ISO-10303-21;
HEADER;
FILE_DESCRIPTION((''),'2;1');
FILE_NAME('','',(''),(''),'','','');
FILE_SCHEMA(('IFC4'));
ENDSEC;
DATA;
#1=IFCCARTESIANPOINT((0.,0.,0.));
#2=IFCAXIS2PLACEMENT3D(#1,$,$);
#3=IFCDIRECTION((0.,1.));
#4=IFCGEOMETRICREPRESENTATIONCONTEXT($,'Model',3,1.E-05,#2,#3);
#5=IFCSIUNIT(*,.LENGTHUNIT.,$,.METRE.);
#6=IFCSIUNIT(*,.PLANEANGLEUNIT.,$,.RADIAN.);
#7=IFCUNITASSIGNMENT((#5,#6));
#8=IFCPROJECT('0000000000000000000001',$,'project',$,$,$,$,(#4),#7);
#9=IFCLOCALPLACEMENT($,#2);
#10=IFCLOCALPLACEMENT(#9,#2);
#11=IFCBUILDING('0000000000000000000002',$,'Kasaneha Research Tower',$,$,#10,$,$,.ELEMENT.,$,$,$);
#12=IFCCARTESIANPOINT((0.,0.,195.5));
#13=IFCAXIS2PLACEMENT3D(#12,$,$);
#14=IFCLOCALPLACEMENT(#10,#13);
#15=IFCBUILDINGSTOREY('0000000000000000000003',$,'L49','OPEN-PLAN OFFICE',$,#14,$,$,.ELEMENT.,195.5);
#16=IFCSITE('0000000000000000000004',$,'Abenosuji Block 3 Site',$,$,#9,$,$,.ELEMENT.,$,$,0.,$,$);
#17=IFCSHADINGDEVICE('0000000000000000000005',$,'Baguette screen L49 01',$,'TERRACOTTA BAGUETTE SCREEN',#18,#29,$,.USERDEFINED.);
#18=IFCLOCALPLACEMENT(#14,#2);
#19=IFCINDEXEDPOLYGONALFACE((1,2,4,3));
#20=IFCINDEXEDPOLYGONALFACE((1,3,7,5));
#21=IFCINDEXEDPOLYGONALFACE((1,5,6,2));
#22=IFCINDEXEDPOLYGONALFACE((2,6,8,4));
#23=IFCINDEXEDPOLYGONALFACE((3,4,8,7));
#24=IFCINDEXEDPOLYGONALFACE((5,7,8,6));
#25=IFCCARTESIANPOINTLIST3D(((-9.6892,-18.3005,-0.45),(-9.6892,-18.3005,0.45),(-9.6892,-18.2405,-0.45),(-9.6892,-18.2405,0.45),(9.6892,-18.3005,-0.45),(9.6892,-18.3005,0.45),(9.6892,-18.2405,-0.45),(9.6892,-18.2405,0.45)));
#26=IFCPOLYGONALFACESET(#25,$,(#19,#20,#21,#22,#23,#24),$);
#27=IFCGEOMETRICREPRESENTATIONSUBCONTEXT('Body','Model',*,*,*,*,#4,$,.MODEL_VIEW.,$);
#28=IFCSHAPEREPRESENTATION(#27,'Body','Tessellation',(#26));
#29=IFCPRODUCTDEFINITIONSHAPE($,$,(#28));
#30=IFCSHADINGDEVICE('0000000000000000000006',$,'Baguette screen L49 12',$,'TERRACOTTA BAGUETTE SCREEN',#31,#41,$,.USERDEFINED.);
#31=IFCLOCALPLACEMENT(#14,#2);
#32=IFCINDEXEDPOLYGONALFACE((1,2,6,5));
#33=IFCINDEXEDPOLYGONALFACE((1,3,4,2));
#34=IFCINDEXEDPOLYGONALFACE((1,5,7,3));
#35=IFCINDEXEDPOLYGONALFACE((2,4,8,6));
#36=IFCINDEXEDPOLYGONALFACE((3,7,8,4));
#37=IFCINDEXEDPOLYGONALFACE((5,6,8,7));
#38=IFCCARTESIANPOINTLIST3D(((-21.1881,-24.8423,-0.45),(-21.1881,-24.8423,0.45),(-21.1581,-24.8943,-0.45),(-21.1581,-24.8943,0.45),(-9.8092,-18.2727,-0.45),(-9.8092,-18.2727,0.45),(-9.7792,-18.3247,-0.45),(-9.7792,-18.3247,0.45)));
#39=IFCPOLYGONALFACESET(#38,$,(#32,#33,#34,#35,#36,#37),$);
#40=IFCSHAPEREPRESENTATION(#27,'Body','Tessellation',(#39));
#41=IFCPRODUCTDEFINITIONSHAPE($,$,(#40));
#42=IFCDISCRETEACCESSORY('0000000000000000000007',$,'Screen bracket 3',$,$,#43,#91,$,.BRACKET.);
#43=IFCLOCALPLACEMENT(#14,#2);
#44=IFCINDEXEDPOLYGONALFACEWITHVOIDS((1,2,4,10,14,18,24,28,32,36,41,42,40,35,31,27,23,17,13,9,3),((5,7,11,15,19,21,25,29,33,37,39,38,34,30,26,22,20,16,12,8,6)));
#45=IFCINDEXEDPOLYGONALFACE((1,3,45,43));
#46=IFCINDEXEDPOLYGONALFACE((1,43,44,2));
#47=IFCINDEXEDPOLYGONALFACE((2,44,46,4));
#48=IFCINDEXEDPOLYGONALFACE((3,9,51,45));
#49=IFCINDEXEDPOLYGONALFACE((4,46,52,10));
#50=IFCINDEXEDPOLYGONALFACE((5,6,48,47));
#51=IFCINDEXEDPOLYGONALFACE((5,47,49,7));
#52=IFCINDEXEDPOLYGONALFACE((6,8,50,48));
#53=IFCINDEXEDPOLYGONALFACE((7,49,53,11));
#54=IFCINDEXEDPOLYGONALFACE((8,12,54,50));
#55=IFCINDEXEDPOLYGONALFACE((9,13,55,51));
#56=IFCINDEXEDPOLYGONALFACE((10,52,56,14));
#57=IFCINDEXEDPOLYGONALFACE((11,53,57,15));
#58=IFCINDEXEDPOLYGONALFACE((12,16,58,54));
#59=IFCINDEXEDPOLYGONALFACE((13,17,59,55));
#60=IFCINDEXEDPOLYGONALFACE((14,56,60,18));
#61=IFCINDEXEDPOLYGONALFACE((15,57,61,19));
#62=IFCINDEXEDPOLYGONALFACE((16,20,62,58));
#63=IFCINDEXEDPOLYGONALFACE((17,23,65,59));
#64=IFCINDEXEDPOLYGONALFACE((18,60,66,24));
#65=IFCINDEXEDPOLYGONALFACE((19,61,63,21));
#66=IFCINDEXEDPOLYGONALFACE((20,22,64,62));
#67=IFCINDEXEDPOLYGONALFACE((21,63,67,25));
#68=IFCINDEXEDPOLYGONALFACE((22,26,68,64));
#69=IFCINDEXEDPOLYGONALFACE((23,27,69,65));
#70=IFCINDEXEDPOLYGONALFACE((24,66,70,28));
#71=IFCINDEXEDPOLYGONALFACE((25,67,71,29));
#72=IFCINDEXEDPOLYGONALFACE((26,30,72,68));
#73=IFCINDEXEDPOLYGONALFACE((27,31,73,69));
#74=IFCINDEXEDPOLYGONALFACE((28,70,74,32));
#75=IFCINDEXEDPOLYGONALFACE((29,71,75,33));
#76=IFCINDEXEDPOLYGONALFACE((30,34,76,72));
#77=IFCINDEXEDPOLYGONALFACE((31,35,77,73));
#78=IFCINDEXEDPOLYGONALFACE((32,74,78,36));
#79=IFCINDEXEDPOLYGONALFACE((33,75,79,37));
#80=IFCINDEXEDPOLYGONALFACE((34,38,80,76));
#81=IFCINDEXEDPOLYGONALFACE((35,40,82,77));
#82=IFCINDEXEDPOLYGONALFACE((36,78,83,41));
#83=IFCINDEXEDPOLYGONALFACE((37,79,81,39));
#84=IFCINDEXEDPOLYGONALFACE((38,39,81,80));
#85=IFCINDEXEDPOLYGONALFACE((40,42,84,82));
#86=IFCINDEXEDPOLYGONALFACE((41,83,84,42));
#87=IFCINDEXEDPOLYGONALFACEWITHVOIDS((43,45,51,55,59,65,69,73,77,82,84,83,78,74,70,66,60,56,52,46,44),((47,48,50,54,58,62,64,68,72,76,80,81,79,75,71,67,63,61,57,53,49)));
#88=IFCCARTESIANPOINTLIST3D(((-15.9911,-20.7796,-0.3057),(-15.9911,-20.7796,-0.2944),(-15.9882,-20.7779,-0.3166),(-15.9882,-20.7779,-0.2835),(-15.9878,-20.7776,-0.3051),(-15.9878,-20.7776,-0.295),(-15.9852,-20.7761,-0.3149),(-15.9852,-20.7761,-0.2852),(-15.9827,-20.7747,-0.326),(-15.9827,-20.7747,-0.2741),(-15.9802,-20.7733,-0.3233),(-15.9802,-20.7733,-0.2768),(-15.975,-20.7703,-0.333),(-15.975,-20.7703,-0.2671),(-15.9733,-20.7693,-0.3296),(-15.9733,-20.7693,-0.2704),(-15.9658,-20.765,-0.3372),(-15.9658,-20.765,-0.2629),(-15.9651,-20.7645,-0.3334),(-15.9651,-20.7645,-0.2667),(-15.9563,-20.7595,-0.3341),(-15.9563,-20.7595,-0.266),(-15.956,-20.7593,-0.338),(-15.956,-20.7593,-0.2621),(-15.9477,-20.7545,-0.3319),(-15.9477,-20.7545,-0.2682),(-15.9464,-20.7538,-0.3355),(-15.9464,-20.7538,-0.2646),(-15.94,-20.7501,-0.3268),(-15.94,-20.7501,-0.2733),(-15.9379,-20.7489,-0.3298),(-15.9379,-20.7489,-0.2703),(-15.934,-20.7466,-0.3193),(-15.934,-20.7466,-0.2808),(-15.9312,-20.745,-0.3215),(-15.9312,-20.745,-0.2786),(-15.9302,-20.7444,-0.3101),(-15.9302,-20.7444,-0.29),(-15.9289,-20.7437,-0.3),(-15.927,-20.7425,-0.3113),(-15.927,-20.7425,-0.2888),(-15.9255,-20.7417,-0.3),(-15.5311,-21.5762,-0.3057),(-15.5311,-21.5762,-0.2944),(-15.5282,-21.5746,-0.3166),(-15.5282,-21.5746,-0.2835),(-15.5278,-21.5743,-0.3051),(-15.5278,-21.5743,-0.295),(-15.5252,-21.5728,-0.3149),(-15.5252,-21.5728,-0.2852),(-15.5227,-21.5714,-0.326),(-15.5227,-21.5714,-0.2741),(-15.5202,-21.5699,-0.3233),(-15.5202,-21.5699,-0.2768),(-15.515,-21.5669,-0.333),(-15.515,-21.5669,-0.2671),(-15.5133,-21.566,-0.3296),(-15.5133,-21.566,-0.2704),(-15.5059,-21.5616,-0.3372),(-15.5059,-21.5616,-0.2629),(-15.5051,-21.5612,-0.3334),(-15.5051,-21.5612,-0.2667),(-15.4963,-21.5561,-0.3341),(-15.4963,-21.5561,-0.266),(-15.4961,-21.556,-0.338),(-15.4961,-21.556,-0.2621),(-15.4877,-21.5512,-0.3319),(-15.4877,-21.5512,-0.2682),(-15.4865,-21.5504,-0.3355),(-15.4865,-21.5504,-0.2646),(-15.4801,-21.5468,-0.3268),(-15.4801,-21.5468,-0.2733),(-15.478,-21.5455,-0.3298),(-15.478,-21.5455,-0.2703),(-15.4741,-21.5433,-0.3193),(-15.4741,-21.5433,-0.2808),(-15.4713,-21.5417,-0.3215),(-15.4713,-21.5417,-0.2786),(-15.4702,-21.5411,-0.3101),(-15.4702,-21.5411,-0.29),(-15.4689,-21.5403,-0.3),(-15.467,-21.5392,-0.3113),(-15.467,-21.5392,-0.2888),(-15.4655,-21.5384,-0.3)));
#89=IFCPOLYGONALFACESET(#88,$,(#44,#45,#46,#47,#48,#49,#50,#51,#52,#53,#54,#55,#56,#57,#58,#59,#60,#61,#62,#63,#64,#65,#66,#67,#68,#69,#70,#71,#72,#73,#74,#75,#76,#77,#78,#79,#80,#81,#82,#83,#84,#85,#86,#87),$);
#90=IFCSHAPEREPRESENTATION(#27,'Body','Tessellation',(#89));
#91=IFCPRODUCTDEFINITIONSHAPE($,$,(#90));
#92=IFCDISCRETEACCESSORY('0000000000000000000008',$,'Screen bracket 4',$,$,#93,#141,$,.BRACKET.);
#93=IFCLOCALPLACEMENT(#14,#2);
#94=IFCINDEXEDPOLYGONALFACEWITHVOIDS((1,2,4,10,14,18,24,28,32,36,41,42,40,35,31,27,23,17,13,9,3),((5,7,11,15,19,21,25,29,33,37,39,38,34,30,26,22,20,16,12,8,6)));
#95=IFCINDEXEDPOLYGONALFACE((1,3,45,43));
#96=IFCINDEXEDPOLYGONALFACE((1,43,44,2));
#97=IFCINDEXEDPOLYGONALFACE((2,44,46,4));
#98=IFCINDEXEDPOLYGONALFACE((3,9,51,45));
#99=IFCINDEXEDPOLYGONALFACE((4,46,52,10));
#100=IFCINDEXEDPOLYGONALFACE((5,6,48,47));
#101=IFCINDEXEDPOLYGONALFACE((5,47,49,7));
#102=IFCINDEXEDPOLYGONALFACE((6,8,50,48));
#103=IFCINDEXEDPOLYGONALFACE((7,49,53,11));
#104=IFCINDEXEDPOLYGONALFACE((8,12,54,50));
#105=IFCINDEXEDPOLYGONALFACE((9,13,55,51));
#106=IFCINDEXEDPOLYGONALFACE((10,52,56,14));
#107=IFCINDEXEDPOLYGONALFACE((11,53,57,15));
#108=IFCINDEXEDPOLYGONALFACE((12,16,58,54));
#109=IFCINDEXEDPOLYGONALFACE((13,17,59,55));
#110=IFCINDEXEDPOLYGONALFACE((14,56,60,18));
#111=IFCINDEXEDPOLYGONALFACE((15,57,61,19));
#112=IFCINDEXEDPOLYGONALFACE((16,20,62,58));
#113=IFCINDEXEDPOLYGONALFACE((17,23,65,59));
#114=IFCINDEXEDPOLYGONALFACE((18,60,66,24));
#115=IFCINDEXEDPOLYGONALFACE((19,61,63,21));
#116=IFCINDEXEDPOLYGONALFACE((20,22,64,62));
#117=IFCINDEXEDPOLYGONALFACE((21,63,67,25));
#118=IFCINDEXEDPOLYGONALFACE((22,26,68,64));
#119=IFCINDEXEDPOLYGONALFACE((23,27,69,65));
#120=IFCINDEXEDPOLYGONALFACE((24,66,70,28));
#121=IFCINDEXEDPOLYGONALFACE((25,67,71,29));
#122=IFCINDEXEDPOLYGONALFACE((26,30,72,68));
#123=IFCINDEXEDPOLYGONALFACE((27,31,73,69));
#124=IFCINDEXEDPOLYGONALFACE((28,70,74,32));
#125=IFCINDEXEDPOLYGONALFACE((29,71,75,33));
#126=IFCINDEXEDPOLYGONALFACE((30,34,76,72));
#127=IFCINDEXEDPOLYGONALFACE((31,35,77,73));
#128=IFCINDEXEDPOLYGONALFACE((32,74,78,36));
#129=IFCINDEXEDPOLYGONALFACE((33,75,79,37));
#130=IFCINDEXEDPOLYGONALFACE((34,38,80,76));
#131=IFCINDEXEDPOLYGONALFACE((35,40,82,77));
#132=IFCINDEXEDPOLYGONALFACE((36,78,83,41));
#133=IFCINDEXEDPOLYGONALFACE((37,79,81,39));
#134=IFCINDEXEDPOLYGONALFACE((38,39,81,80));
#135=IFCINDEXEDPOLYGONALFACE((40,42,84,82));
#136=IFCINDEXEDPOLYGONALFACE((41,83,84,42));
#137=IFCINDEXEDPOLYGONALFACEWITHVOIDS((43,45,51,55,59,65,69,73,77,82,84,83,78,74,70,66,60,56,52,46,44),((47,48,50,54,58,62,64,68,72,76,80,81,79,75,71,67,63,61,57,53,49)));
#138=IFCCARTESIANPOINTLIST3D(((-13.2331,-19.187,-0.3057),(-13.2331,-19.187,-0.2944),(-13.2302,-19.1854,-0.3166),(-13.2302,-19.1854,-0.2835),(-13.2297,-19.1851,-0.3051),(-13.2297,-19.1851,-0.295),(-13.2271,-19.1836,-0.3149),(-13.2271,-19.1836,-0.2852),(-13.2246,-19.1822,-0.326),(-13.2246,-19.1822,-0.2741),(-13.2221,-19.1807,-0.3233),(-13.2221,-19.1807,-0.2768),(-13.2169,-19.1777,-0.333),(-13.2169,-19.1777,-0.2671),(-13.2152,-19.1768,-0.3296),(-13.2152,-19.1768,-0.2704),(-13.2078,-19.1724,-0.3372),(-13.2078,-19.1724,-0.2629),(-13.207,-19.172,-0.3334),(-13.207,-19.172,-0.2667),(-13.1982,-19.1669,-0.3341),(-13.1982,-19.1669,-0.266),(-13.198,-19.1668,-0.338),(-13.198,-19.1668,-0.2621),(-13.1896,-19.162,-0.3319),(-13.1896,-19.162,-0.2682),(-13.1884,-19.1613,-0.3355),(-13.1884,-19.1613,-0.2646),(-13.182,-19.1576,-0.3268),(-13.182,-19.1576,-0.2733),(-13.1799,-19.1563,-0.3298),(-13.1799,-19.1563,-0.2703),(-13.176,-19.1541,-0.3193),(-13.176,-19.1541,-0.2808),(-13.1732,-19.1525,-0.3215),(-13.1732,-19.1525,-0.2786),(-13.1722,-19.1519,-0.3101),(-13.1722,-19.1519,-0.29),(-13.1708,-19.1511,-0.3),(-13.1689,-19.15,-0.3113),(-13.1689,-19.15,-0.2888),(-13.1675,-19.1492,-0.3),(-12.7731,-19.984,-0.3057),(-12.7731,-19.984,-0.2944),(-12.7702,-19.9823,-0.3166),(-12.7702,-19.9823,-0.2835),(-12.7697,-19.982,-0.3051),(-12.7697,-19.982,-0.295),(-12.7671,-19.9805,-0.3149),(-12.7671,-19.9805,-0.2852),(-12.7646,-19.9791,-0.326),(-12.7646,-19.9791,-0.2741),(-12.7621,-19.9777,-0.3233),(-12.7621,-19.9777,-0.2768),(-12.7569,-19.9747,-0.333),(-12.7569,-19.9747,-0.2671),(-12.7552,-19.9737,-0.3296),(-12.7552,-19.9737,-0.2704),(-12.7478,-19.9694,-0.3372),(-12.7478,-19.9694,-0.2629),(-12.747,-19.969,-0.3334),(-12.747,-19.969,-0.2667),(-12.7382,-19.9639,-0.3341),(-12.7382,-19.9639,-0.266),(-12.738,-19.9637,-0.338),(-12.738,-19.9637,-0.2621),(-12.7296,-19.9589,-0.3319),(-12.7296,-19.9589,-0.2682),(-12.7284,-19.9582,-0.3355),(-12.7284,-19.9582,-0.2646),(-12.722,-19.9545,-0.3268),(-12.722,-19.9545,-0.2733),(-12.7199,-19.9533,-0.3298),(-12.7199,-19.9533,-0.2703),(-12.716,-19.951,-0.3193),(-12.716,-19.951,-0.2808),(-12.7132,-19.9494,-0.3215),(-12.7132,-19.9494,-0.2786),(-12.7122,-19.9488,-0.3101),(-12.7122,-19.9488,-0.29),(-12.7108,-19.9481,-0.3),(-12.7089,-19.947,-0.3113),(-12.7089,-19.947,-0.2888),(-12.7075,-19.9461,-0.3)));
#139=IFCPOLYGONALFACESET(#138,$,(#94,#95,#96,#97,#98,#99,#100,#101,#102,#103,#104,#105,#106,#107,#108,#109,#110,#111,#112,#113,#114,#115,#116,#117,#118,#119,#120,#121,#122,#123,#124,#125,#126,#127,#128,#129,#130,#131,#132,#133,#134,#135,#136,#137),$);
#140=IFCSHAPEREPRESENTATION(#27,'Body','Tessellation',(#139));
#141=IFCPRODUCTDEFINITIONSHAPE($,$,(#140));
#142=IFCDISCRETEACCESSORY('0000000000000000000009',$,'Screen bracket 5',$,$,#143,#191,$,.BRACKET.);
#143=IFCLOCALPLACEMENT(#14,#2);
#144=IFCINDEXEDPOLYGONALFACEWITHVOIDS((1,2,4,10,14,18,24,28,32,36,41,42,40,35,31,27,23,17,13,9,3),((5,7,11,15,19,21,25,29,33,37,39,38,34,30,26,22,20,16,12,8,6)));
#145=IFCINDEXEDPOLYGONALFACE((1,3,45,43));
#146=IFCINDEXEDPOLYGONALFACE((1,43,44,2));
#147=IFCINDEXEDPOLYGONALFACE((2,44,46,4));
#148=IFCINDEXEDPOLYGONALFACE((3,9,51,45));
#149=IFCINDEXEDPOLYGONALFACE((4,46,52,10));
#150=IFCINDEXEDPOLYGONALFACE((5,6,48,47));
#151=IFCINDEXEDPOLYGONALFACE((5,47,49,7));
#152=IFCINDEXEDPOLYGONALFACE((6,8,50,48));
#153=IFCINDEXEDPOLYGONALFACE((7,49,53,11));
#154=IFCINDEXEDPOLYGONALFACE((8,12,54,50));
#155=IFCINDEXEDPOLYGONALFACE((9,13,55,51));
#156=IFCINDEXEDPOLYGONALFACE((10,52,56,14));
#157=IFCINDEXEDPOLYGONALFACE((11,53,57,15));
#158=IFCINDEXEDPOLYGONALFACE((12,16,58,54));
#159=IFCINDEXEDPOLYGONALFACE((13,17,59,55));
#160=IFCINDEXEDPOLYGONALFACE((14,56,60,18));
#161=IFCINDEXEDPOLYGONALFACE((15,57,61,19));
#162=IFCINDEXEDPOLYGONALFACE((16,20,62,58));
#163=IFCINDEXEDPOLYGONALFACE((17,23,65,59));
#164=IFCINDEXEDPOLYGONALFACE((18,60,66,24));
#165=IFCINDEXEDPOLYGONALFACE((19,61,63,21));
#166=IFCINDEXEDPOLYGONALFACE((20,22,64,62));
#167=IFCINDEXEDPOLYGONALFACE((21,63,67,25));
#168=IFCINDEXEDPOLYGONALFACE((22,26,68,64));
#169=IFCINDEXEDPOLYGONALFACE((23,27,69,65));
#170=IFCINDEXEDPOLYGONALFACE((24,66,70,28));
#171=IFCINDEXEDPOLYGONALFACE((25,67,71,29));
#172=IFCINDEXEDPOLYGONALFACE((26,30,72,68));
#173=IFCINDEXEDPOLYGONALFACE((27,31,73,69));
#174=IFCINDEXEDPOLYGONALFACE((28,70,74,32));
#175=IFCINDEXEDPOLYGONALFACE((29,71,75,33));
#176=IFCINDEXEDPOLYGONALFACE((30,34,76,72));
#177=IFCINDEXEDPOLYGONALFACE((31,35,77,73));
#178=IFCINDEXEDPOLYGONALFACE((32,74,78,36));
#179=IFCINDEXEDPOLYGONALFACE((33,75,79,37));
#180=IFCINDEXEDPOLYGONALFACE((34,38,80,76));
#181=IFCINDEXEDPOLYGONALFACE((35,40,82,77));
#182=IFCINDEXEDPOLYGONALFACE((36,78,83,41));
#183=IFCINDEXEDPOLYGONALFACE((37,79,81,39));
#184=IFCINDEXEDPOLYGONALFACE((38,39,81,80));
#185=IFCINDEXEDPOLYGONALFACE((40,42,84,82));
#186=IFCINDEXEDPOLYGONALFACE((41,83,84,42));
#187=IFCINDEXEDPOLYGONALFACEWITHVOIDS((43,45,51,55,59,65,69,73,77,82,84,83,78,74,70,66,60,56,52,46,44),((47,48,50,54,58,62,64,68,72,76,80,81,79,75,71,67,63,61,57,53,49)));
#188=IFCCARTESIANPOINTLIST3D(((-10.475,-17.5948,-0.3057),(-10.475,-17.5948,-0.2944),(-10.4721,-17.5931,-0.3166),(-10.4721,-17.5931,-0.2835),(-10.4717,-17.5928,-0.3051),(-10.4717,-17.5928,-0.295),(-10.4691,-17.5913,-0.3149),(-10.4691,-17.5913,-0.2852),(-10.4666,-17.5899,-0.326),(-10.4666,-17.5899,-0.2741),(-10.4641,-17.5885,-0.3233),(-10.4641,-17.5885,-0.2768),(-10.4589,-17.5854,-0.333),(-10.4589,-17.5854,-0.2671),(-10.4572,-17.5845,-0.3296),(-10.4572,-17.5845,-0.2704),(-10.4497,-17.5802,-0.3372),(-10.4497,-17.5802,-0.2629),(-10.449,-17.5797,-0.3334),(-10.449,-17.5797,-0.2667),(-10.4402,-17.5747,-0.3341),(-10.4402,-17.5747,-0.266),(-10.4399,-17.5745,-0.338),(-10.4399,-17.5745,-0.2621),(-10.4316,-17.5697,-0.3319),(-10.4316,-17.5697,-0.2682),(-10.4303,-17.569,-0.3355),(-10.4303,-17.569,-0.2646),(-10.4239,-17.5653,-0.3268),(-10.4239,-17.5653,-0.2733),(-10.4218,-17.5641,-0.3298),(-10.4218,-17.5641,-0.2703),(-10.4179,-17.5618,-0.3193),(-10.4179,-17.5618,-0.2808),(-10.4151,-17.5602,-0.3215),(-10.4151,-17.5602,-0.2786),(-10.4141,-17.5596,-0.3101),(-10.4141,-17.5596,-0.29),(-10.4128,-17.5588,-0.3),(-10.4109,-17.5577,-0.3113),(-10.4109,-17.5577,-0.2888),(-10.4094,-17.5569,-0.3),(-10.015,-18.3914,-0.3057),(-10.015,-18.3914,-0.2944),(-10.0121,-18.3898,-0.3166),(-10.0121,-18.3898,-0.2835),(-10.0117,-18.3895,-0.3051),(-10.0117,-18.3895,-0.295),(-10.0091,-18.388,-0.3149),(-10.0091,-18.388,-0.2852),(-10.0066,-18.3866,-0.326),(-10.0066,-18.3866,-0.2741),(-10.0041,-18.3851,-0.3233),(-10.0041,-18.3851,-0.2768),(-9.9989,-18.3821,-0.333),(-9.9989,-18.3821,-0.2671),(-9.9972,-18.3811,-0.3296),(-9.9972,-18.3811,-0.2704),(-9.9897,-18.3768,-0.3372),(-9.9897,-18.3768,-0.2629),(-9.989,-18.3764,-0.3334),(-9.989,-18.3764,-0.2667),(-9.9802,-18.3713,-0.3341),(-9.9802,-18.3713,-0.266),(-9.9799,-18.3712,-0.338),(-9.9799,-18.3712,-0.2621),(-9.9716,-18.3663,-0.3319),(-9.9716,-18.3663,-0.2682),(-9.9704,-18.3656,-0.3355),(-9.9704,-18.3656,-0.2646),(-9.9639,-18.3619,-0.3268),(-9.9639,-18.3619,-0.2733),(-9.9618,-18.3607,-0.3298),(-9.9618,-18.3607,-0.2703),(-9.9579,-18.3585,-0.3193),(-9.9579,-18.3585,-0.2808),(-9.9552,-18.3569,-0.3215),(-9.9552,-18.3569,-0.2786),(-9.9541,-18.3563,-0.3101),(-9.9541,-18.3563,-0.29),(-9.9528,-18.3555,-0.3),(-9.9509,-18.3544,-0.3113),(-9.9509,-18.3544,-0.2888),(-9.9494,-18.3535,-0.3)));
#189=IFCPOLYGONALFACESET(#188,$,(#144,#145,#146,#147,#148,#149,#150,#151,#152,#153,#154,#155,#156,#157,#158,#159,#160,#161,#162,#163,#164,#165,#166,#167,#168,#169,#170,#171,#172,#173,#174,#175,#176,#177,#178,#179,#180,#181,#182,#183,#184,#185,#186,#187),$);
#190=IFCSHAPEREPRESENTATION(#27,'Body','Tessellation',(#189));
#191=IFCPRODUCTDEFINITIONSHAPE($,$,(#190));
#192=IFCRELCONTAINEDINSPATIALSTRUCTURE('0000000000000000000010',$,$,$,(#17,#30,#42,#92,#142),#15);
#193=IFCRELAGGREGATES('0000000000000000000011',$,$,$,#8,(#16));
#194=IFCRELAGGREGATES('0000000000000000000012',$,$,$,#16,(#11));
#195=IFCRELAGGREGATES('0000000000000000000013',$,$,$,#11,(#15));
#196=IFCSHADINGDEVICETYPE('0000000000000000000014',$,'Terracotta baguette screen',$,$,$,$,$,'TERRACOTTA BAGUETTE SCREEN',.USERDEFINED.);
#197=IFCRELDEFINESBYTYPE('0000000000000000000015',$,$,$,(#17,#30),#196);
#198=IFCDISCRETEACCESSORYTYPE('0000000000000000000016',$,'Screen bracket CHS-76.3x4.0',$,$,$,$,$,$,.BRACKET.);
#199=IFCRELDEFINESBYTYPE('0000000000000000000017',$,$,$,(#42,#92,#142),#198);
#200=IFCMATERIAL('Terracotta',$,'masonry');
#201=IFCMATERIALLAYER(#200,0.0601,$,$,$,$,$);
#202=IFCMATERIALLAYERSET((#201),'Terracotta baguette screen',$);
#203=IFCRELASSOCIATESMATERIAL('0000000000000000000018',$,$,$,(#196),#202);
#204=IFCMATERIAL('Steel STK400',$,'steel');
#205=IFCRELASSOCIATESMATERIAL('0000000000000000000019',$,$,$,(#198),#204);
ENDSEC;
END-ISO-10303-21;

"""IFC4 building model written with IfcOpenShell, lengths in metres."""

from ifc_helpers import new_model, si_unit, direction, frame, origin, origin_2d, place, context, subcontext, project, spatial, rectangle, hollow_circle, extrude, material, layer, layer_set, material_profile, profile_set, type_object, element, save


model = new_model("IFC4")

# Units and contexts
model_context = context("Model", 3, precision=1e-05, world=origin(), true_north=direction((0.0, 1.0)))
body_context = subcontext(model_context, "Body", "Model", "MODEL_VIEW")
ifc_project = project(units=[si_unit("LENGTHUNIT", "METRE"), si_unit("PLANEANGLEUNIT", "RADIAN")], contexts=[model_context])

# Site, building, storey
site_placement = place(None, origin())
site = spatial("IfcSite", under=ifc_project, at=site_placement, Name="Abenosuji Block 3 Site", CompositionType="ELEMENT", RefElevation=0.0)
building_placement = place(site_placement, origin())
building = spatial("IfcBuilding", under=site, at=building_placement, Name="Kasaneha Research Tower", CompositionType="ELEMENT")
storey_placement = place(building_placement, frame((0.0, 0.0, 195.5)))
storey = spatial("IfcBuildingStorey", under=building, at=storey_placement, Name="L49", Description="OPEN-PLAN OFFICE", CompositionType="ELEMENT", Elevation=195.5)

# Shading devices
ifc_material_1 = material(Name="Terracotta", Category="masonry")
ifc_layer_1 = layer(ifc_material_1, 0.0601)
ifc_layer_set_1 = layer_set([ifc_layer_1], Name="Terracotta baguette screen")
shading_device_type = type_object("IfcShadingDeviceType", Name="Terracotta baguette screen", ElementType="TERRACOTTA BAGUETTE SCREEN", PredefinedType="USERDEFINED", material=ifc_layer_set_1)
shading_device_1_placement = place(storey_placement, frame((0.0, -18.2705, -0.45), z_axis=(0.0, 0.0, 1.0), x_axis=(1.0, 0.0, 0.0)))
element("IfcShadingDevice", 1, at=shading_device_1_placement, inside=storey, type_object=shading_device_type, Name="Baguette screen L49 01", ObjectType="TERRACOTTA BAGUETTE SCREEN", PredefinedType="USERDEFINED", context=body_context, shape_type="SweptSolid", body=[
    extrude(rectangle(XDim=19.3784, YDim=0.0601, at=origin_2d()), origin(), (0.0, 0.0, 1.0), 0.8999),
])
shading_device_2_placement = place(storey_placement, frame((-15.4836, -21.5835, -0.45), z_axis=(0.0, 0.0, 1.0), x_axis=(0.866025, 0.5, 0.0)))
element("IfcShadingDevice", 2, at=shading_device_2_placement, inside=storey, type_object=shading_device_type, Name="Baguette screen L49 12", ObjectType="TERRACOTTA BAGUETTE SCREEN", PredefinedType="USERDEFINED", context=body_context, shape_type="SweptSolid", body=[
    extrude(rectangle(XDim=13.1392, YDim=0.0601, at=origin_2d()), origin(), (0.0, 0.0, 1.0), 0.8999),
])

# Discrete accessories
ifc_material_2 = material(Name="Steel STK400", Category="steel")
ifc_material_profile_1 = material_profile(ifc_material_2, hollow_circle(Radius=0.0381, WallThickness=0.0039, at=origin_2d()), Name="CHS-76.3x4.0")
ifc_profile_set_1 = profile_set([ifc_material_profile_1], Name="Steel STK400")
discrete_accessory_type = type_object("IfcDiscreteAccessoryType", Name="Screen bracket CHS-76.3x4.0", PredefinedType="BRACKET", material=ifc_profile_set_1)
discrete_accessory_1_placement = place(storey_placement, frame((-15.9585, -20.7607, -0.3), z_axis=(0.500021, -0.866013, 0.0), x_axis=(0.866013, 0.500021, 0.0)))
element("IfcDiscreteAccessory", 3, at=discrete_accessory_1_placement, inside=storey, type_object=discrete_accessory_type, Name="Screen bracket 3", PredefinedType="BRACKET", context=body_context, shape_type="SweptSolid", body=[
    extrude(hollow_circle(Radius=0.0381, WallThickness=0.0039, at=origin_2d()), origin(), (0.0, 0.0, 1.0), 0.9199),
])
discrete_accessory_2_placement = place(storey_placement, frame((-13.2004, -19.1682, -0.3), z_axis=(0.499906, -0.86608, 0.0), x_axis=(0.86608, 0.499906, 0.0)))
element("IfcDiscreteAccessory", 4, at=discrete_accessory_2_placement, inside=storey, type_object=discrete_accessory_type, Name="Screen bracket 4", PredefinedType="BRACKET", context=body_context, shape_type="SweptSolid", body=[
    extrude(hollow_circle(Radius=0.0381, WallThickness=0.0039, at=origin_2d()), origin(), (0.0, 0.0, 1.0), 0.9202),
])
discrete_accessory_3_placement = place(storey_placement, frame((-10.4424, -17.5759, -0.3), z_axis=(0.500021, -0.866013, 0.0), x_axis=(0.866013, 0.500021, 0.0)))
element("IfcDiscreteAccessory", 5, at=discrete_accessory_3_placement, inside=storey, type_object=discrete_accessory_type, Name="Screen bracket 5", PredefinedType="BRACKET", context=body_context, shape_type="SweptSolid", body=[
    extrude(hollow_circle(Radius=0.0381, WallThickness=0.0039, at=origin_2d()), origin(), (0.0, 0.0, 1.0), 0.9199),
])

save(model, "model.ifc")
